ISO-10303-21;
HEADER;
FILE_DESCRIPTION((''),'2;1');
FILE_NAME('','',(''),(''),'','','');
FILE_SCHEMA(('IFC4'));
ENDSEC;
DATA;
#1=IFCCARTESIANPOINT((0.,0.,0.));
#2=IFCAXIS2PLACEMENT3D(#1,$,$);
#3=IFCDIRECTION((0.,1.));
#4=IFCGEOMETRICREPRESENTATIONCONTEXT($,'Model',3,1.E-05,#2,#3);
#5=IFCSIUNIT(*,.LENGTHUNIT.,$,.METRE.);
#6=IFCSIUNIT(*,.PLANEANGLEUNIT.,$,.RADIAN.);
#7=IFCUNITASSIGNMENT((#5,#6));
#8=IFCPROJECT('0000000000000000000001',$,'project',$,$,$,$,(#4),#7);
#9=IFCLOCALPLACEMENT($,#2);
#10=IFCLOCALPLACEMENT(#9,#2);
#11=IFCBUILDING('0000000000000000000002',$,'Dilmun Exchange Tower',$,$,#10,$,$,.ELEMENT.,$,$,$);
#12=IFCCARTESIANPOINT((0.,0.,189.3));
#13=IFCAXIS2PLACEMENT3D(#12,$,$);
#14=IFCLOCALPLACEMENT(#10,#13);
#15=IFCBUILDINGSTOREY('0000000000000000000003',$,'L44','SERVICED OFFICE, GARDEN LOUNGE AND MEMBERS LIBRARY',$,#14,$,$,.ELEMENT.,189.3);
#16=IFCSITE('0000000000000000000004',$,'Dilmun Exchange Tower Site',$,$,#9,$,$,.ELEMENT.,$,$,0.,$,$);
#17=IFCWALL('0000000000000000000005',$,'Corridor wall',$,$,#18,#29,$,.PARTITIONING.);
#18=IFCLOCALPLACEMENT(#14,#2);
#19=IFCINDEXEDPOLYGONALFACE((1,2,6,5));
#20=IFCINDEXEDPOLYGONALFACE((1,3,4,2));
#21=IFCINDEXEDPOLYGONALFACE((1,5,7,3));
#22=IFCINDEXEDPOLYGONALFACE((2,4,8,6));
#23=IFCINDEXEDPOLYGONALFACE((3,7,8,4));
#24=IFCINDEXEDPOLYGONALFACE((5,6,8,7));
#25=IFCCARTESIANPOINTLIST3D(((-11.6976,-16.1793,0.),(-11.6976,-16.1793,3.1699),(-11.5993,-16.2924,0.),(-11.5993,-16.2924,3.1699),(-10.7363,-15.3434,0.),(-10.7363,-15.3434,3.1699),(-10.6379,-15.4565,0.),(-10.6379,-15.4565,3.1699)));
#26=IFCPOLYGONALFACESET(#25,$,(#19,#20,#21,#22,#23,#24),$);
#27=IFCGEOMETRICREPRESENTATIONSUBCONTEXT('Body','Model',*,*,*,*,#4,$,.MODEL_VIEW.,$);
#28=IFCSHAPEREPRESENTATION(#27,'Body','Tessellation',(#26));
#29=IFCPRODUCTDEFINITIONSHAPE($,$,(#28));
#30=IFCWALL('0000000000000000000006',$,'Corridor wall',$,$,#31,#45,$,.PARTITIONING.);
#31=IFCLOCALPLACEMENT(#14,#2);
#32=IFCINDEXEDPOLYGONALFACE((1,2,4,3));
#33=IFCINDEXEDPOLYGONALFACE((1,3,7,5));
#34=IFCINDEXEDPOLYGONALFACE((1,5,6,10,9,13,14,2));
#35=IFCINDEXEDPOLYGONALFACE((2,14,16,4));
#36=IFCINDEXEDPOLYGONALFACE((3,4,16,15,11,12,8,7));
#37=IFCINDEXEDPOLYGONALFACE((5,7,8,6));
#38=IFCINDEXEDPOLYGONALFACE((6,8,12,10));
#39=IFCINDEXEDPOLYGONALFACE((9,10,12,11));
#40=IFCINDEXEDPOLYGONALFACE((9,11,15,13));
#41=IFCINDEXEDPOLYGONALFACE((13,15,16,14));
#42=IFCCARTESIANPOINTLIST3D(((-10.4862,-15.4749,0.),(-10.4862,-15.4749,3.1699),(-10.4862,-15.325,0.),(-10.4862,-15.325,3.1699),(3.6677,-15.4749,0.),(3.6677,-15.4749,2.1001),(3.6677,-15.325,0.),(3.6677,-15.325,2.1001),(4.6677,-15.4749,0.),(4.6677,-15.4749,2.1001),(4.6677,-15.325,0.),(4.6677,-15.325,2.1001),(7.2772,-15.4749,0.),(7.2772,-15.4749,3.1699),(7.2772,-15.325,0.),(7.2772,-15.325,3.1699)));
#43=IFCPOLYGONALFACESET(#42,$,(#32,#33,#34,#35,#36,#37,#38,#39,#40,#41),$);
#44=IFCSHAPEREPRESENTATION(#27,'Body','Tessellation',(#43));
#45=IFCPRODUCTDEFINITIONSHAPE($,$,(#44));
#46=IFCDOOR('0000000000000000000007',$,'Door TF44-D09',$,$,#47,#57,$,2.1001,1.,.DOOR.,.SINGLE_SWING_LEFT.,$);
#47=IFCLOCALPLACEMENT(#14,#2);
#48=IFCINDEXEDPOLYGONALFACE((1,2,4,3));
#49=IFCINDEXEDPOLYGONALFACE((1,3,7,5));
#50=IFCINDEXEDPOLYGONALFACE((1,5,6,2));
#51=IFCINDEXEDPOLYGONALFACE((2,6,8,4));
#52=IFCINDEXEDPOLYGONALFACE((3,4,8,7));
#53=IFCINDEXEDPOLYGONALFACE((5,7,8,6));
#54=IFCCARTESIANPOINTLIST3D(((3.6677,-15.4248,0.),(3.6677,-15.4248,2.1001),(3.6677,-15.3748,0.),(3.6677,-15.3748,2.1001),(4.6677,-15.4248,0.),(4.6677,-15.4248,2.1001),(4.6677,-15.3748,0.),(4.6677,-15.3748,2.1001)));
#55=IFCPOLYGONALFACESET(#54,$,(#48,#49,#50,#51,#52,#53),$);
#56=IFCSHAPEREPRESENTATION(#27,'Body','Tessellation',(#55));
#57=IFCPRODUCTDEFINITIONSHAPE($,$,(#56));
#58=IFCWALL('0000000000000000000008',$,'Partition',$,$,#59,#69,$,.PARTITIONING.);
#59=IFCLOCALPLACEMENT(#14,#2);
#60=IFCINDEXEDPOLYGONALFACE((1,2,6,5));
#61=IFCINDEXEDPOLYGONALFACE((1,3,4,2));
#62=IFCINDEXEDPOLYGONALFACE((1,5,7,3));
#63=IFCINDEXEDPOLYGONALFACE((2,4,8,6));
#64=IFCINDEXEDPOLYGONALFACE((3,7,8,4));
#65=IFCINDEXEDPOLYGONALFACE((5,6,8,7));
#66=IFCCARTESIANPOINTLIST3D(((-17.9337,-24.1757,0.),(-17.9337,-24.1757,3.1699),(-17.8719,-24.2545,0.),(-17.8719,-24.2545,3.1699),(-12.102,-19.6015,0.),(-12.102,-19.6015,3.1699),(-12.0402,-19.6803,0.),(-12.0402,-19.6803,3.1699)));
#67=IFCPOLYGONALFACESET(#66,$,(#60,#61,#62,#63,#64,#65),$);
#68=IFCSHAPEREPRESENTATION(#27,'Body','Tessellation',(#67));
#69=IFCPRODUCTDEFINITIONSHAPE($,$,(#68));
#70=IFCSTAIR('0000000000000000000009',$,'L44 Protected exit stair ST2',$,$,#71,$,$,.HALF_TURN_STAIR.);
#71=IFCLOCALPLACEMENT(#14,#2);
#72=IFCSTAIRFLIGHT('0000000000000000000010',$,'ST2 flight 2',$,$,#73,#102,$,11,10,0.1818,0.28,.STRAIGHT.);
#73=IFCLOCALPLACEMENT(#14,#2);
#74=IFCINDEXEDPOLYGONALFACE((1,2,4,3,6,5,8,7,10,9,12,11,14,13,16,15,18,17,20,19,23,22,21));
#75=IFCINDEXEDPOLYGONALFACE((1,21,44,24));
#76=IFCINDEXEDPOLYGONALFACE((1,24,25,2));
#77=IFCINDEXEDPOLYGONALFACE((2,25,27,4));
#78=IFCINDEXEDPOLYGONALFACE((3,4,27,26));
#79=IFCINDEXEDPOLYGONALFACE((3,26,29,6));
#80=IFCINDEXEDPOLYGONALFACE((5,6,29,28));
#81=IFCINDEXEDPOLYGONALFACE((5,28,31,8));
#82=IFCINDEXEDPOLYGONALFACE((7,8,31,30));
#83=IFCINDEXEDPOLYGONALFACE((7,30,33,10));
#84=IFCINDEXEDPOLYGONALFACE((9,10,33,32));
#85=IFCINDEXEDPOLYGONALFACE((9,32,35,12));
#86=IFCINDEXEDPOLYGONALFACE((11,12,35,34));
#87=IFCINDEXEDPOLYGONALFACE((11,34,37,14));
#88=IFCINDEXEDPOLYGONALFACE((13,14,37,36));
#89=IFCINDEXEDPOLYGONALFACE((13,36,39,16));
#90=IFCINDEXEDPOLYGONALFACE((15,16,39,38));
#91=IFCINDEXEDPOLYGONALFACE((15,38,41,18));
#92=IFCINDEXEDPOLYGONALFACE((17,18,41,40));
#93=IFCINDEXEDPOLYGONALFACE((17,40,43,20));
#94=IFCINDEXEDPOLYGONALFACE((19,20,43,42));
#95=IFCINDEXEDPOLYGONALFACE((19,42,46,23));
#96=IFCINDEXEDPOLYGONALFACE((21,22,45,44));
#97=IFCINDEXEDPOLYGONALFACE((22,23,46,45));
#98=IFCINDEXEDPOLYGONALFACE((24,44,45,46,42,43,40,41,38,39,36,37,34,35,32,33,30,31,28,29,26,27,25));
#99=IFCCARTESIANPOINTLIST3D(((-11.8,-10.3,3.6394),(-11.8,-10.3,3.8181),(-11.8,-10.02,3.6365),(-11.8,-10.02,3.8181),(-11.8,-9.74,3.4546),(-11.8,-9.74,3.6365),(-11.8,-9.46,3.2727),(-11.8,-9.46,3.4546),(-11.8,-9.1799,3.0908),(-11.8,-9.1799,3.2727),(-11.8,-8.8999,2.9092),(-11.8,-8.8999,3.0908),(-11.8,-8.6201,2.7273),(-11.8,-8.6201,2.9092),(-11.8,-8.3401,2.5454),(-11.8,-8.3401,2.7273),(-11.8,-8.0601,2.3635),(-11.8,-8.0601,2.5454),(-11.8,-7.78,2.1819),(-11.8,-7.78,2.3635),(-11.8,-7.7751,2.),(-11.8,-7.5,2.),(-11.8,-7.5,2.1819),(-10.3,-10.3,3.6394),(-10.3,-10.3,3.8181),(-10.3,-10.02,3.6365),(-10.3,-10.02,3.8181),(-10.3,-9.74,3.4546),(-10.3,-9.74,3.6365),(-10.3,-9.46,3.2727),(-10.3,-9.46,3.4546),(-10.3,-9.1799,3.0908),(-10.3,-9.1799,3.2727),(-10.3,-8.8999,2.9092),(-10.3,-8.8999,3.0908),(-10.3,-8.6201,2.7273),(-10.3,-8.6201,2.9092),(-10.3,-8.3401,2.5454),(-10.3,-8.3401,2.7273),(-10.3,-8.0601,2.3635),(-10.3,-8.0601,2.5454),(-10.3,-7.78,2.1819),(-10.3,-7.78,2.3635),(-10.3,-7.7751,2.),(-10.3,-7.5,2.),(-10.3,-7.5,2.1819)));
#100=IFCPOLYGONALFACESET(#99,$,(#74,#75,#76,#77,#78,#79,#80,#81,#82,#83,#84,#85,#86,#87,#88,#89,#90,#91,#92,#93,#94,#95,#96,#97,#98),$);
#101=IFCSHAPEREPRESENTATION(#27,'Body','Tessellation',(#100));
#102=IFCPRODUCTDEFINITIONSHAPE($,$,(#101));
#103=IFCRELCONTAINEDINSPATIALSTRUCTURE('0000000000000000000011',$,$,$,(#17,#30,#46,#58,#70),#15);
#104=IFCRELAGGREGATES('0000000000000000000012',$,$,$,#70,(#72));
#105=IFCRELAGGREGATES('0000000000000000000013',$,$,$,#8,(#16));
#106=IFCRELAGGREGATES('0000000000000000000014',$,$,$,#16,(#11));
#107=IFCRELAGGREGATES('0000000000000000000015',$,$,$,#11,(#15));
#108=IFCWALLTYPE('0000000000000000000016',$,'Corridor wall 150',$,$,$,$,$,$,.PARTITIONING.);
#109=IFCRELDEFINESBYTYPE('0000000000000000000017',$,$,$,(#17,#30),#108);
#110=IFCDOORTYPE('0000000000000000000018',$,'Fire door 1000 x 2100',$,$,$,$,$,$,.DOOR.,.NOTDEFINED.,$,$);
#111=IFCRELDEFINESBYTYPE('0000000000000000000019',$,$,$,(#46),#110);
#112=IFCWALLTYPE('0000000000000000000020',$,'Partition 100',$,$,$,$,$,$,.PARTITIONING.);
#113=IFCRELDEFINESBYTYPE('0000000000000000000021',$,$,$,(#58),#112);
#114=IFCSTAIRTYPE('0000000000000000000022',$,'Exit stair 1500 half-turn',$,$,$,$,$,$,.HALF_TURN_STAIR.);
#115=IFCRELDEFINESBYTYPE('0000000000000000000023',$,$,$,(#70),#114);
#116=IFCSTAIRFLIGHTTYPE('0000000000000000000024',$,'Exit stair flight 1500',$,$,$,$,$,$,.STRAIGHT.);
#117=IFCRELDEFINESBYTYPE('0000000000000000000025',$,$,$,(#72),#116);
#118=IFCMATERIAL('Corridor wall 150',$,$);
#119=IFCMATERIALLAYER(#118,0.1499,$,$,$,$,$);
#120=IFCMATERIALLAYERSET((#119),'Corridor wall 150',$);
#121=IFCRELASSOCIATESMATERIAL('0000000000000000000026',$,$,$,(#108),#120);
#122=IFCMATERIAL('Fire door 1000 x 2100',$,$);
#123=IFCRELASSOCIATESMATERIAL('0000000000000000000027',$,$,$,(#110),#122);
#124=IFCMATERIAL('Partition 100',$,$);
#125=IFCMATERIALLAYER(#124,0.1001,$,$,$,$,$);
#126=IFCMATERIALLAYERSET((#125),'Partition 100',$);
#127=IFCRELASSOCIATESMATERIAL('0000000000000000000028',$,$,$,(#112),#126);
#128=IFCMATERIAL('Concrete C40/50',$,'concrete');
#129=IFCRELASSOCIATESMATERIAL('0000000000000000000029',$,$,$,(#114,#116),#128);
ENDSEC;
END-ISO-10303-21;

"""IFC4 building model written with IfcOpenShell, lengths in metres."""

from ifc_helpers import new_model, si_unit, direction, frame, frame_2d, origin, place, context, subcontext, project, spatial, polyline, rectangle, outline, extrude, material, layer, layer_set, type_object, element, fill, aggregate, save


model = new_model("IFC4")

# Units and contexts
model_context = context("Model", 3, precision=1e-05, world=origin(), true_north=direction((0.0, 1.0)))
body_context = subcontext(model_context, "Body", "Model", "MODEL_VIEW")
ifc_project = project(units=[si_unit("LENGTHUNIT", "METRE"), si_unit("PLANEANGLEUNIT", "RADIAN")], contexts=[model_context])

# Site, building, storey
site_placement = place(None, origin())
site = spatial("IfcSite", under=ifc_project, at=site_placement, Name="Dilmun Exchange Tower Site", CompositionType="ELEMENT", RefElevation=0.0)
building_placement = place(site_placement, origin())
building = spatial("IfcBuilding", under=site, at=building_placement, Name="Dilmun Exchange Tower", CompositionType="ELEMENT")
storey_placement = place(building_placement, frame((0.0, 0.0, 189.3)))
storey = spatial("IfcBuildingStorey", under=building, at=storey_placement, Name="L44", Description="SERVICED OFFICE, GARDEN LOUNGE AND MEMBERS LIBRARY", CompositionType="ELEMENT", Elevation=189.3)

# Shared definitions
ifc_material_1 = material(Name="Concrete C40/50", Category="concrete")

# Wall
ifc_material_2 = material(Name="Corridor wall 150")
ifc_layer_1 = layer(ifc_material_2, 0.1499)
ifc_layer_set_1 = layer_set([ifc_layer_1], Name="Corridor wall 150")
wall_type_1 = type_object("IfcWallType", Name="Corridor wall 150", PredefinedType="PARTITIONING", material=ifc_layer_set_1)
wall_1_placement = place(storey_placement, frame((-11.6484, -16.2358, 0.0), z_axis=(0.0, 0.0, 1.0), x_axis=(0.754639, 0.656141, 0.0)))
element("IfcWall", 1, at=wall_1_placement, inside=storey, type_object=wall_type_1, Name="Corridor wall", PredefinedType="PARTITIONING", context=body_context, shape_type="SweptSolid", body=[
    extrude(rectangle(XDim=1.2739, YDim=0.1499, at=frame_2d((0.637, 0.0))), origin(), (0.0, 0.0, 1.0), 3.1699),
])

# Wall, opening, door
wall_2_placement = place(storey_placement, frame((-10.4863, -15.3999, 0.0), z_axis=(0.0, 0.0, 1.0), x_axis=(1.0, 0.0, 0.0)))
wall_2 = element("IfcWall", 2, at=wall_2_placement, inside=storey, type_object=wall_type_1, Name="Corridor wall", PredefinedType="PARTITIONING", context=body_context, shape_type="SweptSolid", body=[
    extrude(rectangle(XDim=17.7634, YDim=0.1499, at=frame_2d((8.8818, 0.0))), origin(), (0.0, 0.0, 1.0), 3.1699),
])
opening_1_placement = place(wall_2_placement, frame((14.1541, 0.0, 0.0)))
opening_1 = element("IfcOpeningElement", 3, at=opening_1_placement, cuts=wall_2, PredefinedType="OPENING", context=body_context, shape_type="SweptSolid", body=[
    extrude(rectangle(XDim=1.0, YDim=2.1001, at=frame_2d((0.5, 1.05))), frame((0.0, 0.085, 0.0), z_axis=(0.0, -1.0, 0.0), x_axis=(1.0, 0.0, 0.0)), (0.0, 0.0, 1.0), 0.1699),
])
ifc_material_3 = material(Name="Fire door 1000 x 2100")
door_type_1 = type_object("IfcDoorType", Name="Fire door 1000 x 2100", OperationType="NOTDEFINED", PredefinedType="DOOR", material=ifc_material_3)
door_1_placement = place(opening_1_placement, frame((1.0, 0.0, 0.0), z_axis=(0.0, 0.0, 1.0), x_axis=(-1.0, 0.0, 0.0)))
door_1 = element("IfcDoor", 4, at=door_1_placement, inside=storey, type_object=door_type_1, Name="Door TF44-D09", OperationType="SINGLE_SWING_LEFT", OverallHeight=2.1001, OverallWidth=1.0, PredefinedType="DOOR", context=body_context, shape_type="SweptSolid", body=[
    extrude(rectangle(XDim=1.0, YDim=2.1001, at=frame_2d((0.5, 1.05))), frame((0.0, 0.0249, 0.0), z_axis=(0.0, -1.0, 0.0), x_axis=(1.0, 0.0, 0.0)), (0.0, 0.0, 1.0), 0.05),
])
fill(opening_1, door_1)

# Wall
ifc_material_4 = material(Name="Partition 100")
ifc_layer_2 = layer(ifc_material_4, 0.1001)
ifc_layer_set_2 = layer_set([ifc_layer_2], Name="Partition 100")
wall_type_2 = type_object("IfcWallType", Name="Partition 100", PredefinedType="PARTITIONING", material=ifc_layer_set_2)
wall_3_placement = place(storey_placement, frame((-17.9028, -24.2151, 0.0), z_axis=(0.0, 0.0, 1.0), x_axis=(0.786836, 0.617162, 0.0)))
element("IfcWall", 5, at=wall_3_placement, inside=storey, type_object=wall_type_2, Name="Partition", PredefinedType="PARTITIONING", context=body_context, shape_type="SweptSolid", body=[
    extrude(rectangle(XDim=7.4116, YDim=0.1001, at=frame_2d((3.7058, 0.0))), origin(), (0.0, 0.0, 1.0), 3.1699),
])

# Stair, stair flight
stair_type = type_object("IfcStairType", Name="Exit stair 1500 half-turn", PredefinedType="HALF_TURN_STAIR", material=ifc_material_1)
stair_placement = place(storey_placement, origin())
stair = element("IfcStair", 6, at=stair_placement, inside=storey, type_object=stair_type, Name="L44 Protected exit stair ST2", PredefinedType="HALF_TURN_STAIR")
stair_flight_type = type_object("IfcStairFlightType", Name="Exit stair flight 1500", PredefinedType="STRAIGHT", material=ifc_material_1)
stair_flight_placement = place(storey_placement, frame((-11.05, -7.5, 2.0), z_axis=(0.0, 0.0, 1.0), x_axis=(0.0, -1.0, 0.0)))
stair_flight = element("IfcStairFlight", 7, at=stair_flight_placement, type_object=stair_flight_type, Name="ST2 flight 2", NumberOfRisers=11, NumberOfTreads=10, PredefinedType="STRAIGHT", RiserHeight=0.1818, TreadLength=0.28, context=body_context, shape_type="SweptSolid", body=[
    extrude(outline(polyline([(0.0, 0.0), (0.0, 0.1819), (0.28, 0.1819), (0.28, 0.3635), (0.5601, 0.3635), (0.5601, 0.5454), (0.8401, 0.5454), (0.8401, 0.7273), (1.1201, 0.7273), (1.1201, 0.9092), (1.3999, 0.9092), (1.3999, 1.0908), (1.6799, 1.0908), (1.6799, 1.2727), (1.96, 1.2727), (1.96, 1.4546), (2.24, 1.4546), (2.24, 1.6365), (2.52, 1.6365), (2.52, 1.8181), (2.8, 1.8181), (2.8, 2.0), (2.8, 1.6394), (0.2751, 0.0), (0.0, 0.0)])), frame((0.0, 0.75, 0.0), z_axis=(0.0, -1.0, 0.0), x_axis=(1.0, 0.0, 0.0)), (0.0, 0.0, 1.0), 1.5),
])
aggregate(stair, [stair_flight])

save(model, "model.ifc")
